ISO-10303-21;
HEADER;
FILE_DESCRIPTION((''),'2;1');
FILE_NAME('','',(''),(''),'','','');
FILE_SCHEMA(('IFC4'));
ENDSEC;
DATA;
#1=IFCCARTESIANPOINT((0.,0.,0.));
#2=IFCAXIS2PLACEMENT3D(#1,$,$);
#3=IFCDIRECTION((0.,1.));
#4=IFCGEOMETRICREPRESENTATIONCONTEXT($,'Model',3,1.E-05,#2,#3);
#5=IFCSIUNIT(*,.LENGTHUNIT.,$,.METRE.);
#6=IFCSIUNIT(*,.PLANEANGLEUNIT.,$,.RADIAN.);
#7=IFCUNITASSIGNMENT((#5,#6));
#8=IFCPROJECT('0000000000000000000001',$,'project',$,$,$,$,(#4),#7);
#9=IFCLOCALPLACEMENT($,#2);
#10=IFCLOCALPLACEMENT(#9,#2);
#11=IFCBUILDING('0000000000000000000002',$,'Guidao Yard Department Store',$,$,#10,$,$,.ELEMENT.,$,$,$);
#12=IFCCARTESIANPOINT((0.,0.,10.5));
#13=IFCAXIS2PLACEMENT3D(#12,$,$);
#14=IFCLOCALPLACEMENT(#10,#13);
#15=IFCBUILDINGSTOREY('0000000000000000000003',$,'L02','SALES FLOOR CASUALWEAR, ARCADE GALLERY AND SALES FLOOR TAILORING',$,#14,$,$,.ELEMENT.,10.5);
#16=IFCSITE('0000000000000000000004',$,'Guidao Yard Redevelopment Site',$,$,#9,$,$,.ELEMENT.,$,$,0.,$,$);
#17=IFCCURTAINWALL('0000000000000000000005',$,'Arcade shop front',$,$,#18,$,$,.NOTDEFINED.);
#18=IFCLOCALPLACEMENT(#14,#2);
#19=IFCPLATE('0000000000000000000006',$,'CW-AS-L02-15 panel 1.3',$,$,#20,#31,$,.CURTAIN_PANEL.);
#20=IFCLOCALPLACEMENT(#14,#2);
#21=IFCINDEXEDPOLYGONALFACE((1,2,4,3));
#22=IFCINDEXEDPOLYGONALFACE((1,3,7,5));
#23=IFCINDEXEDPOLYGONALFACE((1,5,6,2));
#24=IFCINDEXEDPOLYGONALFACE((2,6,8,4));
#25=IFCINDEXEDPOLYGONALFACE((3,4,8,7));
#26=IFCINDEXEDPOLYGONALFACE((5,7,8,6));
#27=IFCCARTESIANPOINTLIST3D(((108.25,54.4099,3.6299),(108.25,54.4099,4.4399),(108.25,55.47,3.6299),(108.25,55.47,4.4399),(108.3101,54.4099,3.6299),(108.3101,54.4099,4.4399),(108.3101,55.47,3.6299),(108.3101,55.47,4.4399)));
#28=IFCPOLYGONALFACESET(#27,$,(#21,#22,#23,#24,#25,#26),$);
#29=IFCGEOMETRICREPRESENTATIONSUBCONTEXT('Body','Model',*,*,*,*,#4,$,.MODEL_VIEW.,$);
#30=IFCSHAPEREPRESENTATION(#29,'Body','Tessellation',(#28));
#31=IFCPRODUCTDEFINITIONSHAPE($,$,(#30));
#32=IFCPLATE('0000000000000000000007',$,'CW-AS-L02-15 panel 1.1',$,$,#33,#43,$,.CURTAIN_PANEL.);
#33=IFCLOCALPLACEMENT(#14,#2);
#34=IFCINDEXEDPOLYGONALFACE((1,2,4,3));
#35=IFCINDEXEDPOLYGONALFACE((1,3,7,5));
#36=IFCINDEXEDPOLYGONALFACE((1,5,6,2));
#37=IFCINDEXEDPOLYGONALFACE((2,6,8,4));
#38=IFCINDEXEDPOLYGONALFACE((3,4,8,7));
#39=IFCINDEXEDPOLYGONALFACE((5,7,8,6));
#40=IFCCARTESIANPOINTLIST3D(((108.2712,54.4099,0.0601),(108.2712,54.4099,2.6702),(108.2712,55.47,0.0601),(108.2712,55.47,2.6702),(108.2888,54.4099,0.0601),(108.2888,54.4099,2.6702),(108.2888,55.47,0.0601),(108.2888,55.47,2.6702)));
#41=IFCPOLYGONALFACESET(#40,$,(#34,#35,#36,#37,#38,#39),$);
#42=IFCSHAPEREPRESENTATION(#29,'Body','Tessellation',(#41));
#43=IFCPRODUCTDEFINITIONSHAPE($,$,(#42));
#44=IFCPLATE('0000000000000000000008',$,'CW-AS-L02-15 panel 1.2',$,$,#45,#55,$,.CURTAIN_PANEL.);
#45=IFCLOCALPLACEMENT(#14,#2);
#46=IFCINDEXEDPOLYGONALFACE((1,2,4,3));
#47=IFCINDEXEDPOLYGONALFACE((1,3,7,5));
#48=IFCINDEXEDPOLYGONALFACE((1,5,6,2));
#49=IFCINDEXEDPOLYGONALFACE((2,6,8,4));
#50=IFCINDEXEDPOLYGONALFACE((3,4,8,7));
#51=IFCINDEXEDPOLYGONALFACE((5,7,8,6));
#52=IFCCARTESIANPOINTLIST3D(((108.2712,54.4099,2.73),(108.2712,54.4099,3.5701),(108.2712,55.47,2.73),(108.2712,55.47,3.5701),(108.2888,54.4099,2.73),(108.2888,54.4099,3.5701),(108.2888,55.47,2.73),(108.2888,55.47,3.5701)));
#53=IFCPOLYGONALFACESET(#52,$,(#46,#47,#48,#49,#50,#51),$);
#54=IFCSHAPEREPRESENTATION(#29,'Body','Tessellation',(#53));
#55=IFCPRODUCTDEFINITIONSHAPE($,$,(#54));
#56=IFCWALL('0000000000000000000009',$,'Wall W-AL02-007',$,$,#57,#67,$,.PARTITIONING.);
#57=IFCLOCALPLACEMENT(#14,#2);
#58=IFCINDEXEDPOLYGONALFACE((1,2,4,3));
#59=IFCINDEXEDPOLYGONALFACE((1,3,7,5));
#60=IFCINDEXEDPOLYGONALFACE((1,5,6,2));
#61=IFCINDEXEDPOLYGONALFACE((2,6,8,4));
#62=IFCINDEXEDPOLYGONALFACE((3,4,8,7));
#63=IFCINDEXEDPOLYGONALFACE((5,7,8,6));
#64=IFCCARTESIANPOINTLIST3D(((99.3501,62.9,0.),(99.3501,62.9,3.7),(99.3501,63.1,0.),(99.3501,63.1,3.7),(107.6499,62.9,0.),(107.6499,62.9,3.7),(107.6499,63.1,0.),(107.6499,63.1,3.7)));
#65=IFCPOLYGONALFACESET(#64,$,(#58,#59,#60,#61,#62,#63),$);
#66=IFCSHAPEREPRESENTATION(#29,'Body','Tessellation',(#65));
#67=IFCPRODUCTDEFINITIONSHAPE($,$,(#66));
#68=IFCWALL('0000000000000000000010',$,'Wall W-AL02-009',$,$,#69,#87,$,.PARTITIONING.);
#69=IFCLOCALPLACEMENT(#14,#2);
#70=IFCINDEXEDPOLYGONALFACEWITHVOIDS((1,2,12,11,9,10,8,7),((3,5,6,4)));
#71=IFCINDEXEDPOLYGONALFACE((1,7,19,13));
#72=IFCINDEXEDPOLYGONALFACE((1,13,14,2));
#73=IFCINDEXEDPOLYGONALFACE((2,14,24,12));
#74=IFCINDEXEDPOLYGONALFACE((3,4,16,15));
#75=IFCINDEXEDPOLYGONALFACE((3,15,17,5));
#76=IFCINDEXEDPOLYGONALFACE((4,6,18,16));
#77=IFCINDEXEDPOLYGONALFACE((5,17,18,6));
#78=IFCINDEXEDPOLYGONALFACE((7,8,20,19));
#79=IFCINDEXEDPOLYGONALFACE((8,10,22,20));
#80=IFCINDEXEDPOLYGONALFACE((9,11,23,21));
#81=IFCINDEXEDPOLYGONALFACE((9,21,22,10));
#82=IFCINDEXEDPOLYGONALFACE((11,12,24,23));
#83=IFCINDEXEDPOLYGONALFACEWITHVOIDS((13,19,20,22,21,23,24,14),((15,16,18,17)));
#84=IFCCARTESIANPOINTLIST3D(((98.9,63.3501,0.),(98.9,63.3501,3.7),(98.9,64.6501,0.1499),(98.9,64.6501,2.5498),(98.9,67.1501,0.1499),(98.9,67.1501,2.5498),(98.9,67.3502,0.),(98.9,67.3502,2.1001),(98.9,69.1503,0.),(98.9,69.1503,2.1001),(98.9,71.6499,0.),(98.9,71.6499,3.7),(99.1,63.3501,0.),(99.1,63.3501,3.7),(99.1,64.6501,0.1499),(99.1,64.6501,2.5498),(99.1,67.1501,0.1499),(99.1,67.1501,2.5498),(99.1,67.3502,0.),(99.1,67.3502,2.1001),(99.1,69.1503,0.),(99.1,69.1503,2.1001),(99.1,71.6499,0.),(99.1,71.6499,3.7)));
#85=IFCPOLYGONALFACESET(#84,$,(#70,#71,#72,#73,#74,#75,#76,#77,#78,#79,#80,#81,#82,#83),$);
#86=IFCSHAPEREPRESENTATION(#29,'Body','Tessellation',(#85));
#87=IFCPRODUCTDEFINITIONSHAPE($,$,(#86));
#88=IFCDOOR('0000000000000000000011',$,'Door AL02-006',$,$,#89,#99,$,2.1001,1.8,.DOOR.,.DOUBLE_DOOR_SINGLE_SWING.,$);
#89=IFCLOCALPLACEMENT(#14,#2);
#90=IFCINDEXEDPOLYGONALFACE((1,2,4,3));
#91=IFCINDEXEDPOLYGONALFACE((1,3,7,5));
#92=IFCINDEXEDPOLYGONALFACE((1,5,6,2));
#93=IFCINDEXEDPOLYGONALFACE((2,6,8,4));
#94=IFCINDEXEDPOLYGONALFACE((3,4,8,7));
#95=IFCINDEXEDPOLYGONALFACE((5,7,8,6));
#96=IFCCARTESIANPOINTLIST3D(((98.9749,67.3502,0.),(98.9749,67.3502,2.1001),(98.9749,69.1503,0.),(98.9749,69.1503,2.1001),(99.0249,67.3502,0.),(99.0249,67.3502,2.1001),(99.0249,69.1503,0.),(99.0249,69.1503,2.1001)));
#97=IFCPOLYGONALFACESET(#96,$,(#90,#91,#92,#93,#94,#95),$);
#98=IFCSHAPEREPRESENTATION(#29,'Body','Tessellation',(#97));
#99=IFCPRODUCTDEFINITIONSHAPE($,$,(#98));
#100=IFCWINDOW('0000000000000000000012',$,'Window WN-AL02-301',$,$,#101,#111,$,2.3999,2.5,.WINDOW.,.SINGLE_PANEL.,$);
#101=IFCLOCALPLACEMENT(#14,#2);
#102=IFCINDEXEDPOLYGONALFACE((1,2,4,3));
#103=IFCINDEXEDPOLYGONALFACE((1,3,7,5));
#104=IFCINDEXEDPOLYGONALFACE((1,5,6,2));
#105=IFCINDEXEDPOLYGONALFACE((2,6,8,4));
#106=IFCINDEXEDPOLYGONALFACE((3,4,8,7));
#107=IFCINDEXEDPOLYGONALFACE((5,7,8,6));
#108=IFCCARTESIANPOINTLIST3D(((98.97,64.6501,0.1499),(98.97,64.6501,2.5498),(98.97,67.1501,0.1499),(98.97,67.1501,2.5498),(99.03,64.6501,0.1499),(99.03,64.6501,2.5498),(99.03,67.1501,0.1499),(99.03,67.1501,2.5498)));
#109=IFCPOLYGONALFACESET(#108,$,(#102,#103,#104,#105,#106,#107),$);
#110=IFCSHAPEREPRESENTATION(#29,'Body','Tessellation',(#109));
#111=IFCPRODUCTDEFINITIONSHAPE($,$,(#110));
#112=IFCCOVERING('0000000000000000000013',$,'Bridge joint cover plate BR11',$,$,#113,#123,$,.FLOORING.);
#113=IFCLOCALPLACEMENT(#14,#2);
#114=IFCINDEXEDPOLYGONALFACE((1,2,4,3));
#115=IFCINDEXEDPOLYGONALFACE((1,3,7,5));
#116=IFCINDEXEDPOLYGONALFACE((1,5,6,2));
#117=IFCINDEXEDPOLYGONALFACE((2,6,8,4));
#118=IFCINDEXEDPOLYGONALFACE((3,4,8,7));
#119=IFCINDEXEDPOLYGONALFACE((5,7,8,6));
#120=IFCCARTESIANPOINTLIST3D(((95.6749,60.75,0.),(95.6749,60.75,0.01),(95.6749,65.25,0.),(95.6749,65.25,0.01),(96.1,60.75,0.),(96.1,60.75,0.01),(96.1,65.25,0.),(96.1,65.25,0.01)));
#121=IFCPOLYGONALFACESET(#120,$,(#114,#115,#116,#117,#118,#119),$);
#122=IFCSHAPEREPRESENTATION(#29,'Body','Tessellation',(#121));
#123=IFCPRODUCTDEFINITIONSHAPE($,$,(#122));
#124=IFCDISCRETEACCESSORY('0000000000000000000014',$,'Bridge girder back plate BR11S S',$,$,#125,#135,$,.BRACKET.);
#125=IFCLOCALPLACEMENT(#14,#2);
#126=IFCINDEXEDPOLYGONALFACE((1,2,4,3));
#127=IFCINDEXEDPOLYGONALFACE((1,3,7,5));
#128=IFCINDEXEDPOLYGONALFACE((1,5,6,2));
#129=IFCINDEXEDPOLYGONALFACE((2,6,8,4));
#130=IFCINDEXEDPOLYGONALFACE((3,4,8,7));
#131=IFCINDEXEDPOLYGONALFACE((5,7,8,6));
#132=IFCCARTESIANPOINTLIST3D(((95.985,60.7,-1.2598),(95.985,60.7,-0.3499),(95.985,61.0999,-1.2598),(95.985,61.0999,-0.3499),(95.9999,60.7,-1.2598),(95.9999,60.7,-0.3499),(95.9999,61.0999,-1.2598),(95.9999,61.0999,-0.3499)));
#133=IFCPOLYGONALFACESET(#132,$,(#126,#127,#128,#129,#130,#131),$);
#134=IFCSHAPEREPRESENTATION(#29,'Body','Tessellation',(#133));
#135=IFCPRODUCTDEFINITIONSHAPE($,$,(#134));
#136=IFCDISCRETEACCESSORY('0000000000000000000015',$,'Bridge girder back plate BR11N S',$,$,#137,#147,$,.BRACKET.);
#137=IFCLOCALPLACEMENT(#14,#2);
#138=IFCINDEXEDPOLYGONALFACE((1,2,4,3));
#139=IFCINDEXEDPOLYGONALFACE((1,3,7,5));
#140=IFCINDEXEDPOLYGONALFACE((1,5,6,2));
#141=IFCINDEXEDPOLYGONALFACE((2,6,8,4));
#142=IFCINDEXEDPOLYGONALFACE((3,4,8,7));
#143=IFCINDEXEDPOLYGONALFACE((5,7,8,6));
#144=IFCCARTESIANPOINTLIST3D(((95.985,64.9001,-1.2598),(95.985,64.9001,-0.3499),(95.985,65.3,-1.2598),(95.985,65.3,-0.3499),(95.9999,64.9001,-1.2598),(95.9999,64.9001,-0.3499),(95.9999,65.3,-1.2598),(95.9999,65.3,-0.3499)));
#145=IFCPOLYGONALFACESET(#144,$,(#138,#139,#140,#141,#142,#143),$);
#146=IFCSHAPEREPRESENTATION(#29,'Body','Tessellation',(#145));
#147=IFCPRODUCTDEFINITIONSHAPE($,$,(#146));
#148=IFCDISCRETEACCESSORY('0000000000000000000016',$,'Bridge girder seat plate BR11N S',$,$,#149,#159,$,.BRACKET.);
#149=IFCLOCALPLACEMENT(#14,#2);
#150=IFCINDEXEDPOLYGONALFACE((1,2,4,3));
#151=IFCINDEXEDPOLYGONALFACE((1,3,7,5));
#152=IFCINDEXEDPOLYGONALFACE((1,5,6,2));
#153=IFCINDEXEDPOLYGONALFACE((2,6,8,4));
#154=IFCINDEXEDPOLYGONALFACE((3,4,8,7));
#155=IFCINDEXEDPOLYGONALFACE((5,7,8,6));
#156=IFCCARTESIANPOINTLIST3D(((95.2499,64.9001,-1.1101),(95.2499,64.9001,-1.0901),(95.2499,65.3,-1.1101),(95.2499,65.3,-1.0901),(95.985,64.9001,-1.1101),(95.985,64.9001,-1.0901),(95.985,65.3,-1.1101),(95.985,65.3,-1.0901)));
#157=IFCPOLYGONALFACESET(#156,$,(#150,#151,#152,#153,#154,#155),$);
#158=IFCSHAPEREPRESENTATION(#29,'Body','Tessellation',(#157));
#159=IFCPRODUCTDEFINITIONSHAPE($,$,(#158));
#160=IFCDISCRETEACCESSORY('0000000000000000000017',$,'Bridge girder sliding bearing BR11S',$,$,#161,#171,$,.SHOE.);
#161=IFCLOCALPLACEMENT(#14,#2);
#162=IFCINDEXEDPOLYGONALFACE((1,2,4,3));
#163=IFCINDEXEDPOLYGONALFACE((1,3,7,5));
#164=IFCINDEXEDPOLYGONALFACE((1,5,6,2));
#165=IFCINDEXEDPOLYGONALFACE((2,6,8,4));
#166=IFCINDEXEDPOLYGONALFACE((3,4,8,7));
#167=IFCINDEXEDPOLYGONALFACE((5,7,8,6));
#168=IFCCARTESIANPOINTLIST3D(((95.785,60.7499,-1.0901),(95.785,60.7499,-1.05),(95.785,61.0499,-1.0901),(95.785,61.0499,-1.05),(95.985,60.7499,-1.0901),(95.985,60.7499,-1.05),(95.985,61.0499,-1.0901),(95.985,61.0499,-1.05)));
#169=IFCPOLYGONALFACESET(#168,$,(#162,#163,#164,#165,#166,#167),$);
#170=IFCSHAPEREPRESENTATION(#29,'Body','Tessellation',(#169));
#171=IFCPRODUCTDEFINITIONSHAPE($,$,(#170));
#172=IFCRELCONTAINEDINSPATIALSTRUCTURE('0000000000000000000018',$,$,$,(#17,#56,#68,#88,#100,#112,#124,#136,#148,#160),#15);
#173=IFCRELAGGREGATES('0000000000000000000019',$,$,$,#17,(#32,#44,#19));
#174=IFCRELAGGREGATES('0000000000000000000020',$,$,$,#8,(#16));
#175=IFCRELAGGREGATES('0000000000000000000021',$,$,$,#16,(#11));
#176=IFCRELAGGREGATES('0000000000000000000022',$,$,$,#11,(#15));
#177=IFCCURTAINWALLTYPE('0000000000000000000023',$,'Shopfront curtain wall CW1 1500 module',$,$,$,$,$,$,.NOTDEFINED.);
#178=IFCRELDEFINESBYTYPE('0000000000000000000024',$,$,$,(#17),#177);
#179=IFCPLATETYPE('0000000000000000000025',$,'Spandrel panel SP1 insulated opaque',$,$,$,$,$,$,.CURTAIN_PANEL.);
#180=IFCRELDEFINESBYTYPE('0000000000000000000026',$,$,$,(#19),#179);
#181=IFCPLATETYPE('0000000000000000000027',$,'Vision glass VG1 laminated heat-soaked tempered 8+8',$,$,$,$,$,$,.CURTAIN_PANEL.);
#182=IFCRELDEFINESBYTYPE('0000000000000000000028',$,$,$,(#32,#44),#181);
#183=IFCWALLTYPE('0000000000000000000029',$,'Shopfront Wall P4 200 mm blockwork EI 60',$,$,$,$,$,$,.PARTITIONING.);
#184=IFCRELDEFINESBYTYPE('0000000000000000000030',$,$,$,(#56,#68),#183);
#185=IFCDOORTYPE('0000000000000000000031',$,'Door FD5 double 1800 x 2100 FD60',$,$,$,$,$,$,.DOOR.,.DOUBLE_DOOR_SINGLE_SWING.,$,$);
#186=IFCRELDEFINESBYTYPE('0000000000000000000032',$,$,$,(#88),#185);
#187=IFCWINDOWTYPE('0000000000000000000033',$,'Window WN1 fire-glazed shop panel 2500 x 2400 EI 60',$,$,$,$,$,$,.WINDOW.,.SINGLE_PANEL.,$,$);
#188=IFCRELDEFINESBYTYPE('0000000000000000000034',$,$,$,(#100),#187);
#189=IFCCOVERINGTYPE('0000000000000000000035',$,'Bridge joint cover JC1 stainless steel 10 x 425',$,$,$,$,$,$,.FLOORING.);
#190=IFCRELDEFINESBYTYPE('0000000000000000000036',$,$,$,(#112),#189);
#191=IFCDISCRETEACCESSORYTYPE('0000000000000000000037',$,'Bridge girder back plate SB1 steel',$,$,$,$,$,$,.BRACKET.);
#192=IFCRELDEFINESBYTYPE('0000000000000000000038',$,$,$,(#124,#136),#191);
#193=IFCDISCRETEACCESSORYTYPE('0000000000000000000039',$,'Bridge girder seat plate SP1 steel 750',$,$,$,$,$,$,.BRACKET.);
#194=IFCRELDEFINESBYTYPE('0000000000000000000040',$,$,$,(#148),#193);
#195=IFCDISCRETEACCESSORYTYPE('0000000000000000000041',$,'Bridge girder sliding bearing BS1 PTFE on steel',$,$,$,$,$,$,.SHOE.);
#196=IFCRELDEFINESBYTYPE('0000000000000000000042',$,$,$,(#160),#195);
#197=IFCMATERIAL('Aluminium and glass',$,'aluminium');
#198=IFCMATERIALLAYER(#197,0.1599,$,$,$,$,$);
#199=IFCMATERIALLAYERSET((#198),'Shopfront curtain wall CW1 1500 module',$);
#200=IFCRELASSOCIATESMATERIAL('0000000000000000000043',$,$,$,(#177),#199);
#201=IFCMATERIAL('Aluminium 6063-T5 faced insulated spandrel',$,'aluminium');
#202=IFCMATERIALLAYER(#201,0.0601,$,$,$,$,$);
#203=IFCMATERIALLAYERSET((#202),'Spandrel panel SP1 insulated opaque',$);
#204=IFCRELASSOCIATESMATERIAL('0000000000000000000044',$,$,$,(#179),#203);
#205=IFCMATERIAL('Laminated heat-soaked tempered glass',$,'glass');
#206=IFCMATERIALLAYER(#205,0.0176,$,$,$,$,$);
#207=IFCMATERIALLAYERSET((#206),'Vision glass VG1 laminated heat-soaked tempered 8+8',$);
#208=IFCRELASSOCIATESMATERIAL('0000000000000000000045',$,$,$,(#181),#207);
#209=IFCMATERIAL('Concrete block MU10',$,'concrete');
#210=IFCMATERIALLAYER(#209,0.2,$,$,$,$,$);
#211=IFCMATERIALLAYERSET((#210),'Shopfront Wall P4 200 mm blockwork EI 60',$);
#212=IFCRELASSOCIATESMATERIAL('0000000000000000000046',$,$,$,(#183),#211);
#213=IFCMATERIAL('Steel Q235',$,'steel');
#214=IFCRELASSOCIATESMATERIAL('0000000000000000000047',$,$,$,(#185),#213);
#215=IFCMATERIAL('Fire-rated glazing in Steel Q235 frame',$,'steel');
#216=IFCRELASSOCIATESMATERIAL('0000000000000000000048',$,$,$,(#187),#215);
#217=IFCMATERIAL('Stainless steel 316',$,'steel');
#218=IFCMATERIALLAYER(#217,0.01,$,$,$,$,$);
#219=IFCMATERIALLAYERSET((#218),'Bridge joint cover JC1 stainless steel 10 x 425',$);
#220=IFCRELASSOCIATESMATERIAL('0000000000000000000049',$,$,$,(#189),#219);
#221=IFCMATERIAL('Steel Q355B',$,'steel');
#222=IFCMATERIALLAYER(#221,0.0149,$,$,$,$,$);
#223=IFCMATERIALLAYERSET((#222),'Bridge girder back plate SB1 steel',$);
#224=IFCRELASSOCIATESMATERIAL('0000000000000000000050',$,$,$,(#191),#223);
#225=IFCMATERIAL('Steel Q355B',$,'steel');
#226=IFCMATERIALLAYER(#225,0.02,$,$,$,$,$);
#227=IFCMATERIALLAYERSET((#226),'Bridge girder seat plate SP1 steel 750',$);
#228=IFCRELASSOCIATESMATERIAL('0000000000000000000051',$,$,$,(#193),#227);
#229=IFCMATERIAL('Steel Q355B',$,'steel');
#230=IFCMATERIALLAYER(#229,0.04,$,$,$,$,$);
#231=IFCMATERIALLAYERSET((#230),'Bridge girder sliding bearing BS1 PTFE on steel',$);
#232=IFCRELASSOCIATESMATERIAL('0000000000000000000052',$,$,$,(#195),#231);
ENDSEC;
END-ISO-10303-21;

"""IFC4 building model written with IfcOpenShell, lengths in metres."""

from ifc_helpers import new_model, si_unit, direction, frame, frame_2d, origin, origin_2d, place, context, subcontext, project, spatial, rectangle, extrude, material, layer, layer_set, type_object, element, fill, aggregate, save


model = new_model("IFC4")

# Units and contexts
model_context = context("Model", 3, precision=1e-05, world=origin(), true_north=direction((0.0, 1.0)))
body_context = subcontext(model_context, "Body", "Model", "MODEL_VIEW")
ifc_project = project(units=[si_unit("LENGTHUNIT", "METRE"), si_unit("PLANEANGLEUNIT", "RADIAN")], contexts=[model_context])

# Site, building, storey
site_placement = place(None, origin())
site = spatial("IfcSite", under=ifc_project, at=site_placement, Name="Guidao Yard Redevelopment Site", CompositionType="ELEMENT", RefElevation=0.0)
building_placement = place(site_placement, origin())
building = spatial("IfcBuilding", under=site, at=building_placement, Name="Guidao Yard Department Store", CompositionType="ELEMENT")
storey_placement = place(building_placement, frame((0.0, 0.0, 10.5)))
storey = spatial("IfcBuildingStorey", under=building, at=storey_placement, Name="L02", Description="SALES FLOOR CASUALWEAR, ARCADE GALLERY AND SALES FLOOR TAILORING", CompositionType="ELEMENT", Elevation=10.5)

# Curtain wall
ifc_material_1 = material(Name="Aluminium and glass", Category="aluminium")
ifc_layer_1 = layer(ifc_material_1, 0.1599)
ifc_layer_set_1 = layer_set([ifc_layer_1], Name="Shopfront curtain wall CW1 1500 module")
curtain_wall_type_1 = type_object("IfcCurtainWallType", Name="Shopfront curtain wall CW1 1500 module", PredefinedType="NOTDEFINED", material=ifc_layer_set_1)
curtain_wall_1_placement = place(storey_placement, origin())
curtain_wall_1 = element("IfcCurtainWall", 1, at=curtain_wall_1_placement, inside=storey, type_object=curtain_wall_type_1, Name="Arcade shop front", PredefinedType="NOTDEFINED")

# Plates
ifc_material_2 = material(Name="Aluminium 6063-T5 faced insulated spandrel", Category="aluminium")
ifc_layer_2 = layer(ifc_material_2, 0.0601)
ifc_layer_set_2 = layer_set([ifc_layer_2], Name="Spandrel panel SP1 insulated opaque")
plate_type_1 = type_object("IfcPlateType", Name="Spandrel panel SP1 insulated opaque", PredefinedType="CURTAIN_PANEL", material=ifc_layer_set_2)
plate_1_placement = place(storey_placement, frame((108.28, 54.9399, 3.6299), z_axis=(0.0, 0.0, 1.0), x_axis=(0.0, -1.0, 0.0)))
plate_1 = element("IfcPlate", 2, at=plate_1_placement, type_object=plate_type_1, Name="CW-AS-L02-15 panel 1.3", PredefinedType="CURTAIN_PANEL", context=body_context, shape_type="SweptSolid", body=[
    extrude(rectangle(XDim=1.0601, YDim=0.0601, at=origin_2d()), origin(), (0.0, 0.0, 1.0), 0.8101),
])
ifc_material_3 = material(Name="Laminated heat-soaked tempered glass", Category="glass")
ifc_layer_3 = layer(ifc_material_3, 0.0176)
ifc_layer_set_3 = layer_set([ifc_layer_3], Name="Vision glass VG1 laminated heat-soaked tempered 8+8")
plate_type_2 = type_object("IfcPlateType", Name="Vision glass VG1 laminated heat-soaked tempered 8+8", PredefinedType="CURTAIN_PANEL", material=ifc_layer_set_3)
plate_2_placement = place(storey_placement, frame((108.28, 54.9399, 0.0601), z_axis=(0.0, 0.0, 1.0), x_axis=(0.0, -1.0, 0.0)))
plate_2 = element("IfcPlate", 3, at=plate_2_placement, type_object=plate_type_2, Name="CW-AS-L02-15 panel 1.1", PredefinedType="CURTAIN_PANEL", context=body_context, shape_type="SweptSolid", body=[
    extrude(rectangle(XDim=1.0601, YDim=0.0176, at=origin_2d()), origin(), (0.0, 0.0, 1.0), 2.6101),
])
plate_3_placement = place(storey_placement, frame((108.28, 54.9399, 2.73), z_axis=(0.0, 0.0, 1.0), x_axis=(0.0, -1.0, 0.0)))
plate_3 = element("IfcPlate", 4, at=plate_3_placement, type_object=plate_type_2, Name="CW-AS-L02-15 panel 1.2", PredefinedType="CURTAIN_PANEL", context=body_context, shape_type="SweptSolid", body=[
    extrude(rectangle(XDim=1.0601, YDim=0.0176, at=origin_2d()), origin(), (0.0, 0.0, 1.0), 0.8401),
])
aggregate(curtain_wall_1, [plate_2, plate_3, plate_1])

# Wall
ifc_material_4 = material(Name="Concrete block MU10", Category="concrete")
ifc_layer_4 = layer(ifc_material_4, 0.2)
ifc_layer_set_4 = layer_set([ifc_layer_4], Name="Shopfront Wall P4 200 mm blockwork EI 60")
wall_type = type_object("IfcWallType", Name="Shopfront Wall P4 200 mm blockwork EI 60", PredefinedType="PARTITIONING", material=ifc_layer_set_4)
wall_1_placement = place(storey_placement, frame((99.3501, 63.0, 0.0), z_axis=(0.0, 0.0, 1.0), x_axis=(1.0, 0.0, 0.0)))
element("IfcWall", 5, at=wall_1_placement, inside=storey, type_object=wall_type, Name="Wall W-AL02-007", PredefinedType="PARTITIONING", context=body_context, shape_type="SweptSolid", body=[
    extrude(rectangle(XDim=8.2998, YDim=0.2, at=frame_2d((4.1499, 0.0))), origin(), (0.0, 0.0, 1.0), 3.7),
])

# Wall, openings, door, window
wall_2_placement = place(storey_placement, frame((99.0, 63.3501, 0.0), z_axis=(0.0, 0.0, 1.0), x_axis=(0.0, 1.0, 0.0)))
wall_2 = element("IfcWall", 6, at=wall_2_placement, inside=storey, type_object=wall_type, Name="Wall W-AL02-009", PredefinedType="PARTITIONING", context=body_context, shape_type="SweptSolid", body=[
    extrude(rectangle(XDim=8.2998, YDim=0.2, at=frame_2d((4.1499, 0.0))), origin(), (0.0, 0.0, 1.0), 3.7),
])
opening_1_placement = place(wall_2_placement, frame((5.8, 0.0, 0.0), z_axis=(0.0, 0.0, 1.0), x_axis=(-1.0, 0.0, 0.0)))
opening_1 = element("IfcOpeningElement", 7, at=opening_1_placement, cuts=wall_2, PredefinedType="OPENING", context=body_context, shape_type="SweptSolid", body=[
    extrude(rectangle(XDim=1.8, YDim=2.1001, at=frame_2d((0.8999, 1.05))), frame((0.0, 0.1099, 0.0), z_axis=(0.0, -1.0, 0.0), x_axis=(1.0, 0.0, 0.0)), (0.0, 0.0, 1.0), 0.22),
])
opening_2_placement = place(wall_2_placement, frame((1.3, 0.0, 0.1499)))
opening_2 = element("IfcOpeningElement", 8, at=opening_2_placement, cuts=wall_2, PredefinedType="OPENING", context=body_context, shape_type="SweptSolid", body=[
    extrude(rectangle(XDim=2.5, YDim=2.3999, at=frame_2d((1.25, 1.2))), frame((0.0, 0.1099, 0.0), z_axis=(0.0, -1.0, 0.0), x_axis=(1.0, 0.0, 0.0)), (0.0, 0.0, 1.0), 0.22),
])
ifc_material_5 = material(Name="Steel Q235", Category="steel")
door_type = type_object("IfcDoorType", Name="Door FD5 double 1800 x 2100 FD60", OperationType="DOUBLE_DOOR_SINGLE_SWING", PredefinedType="DOOR", material=ifc_material_5)
door_placement = place(opening_1_placement, origin())
door = element("IfcDoor", 9, at=door_placement, inside=storey, type_object=door_type, Name="Door AL02-006", OperationType="DOUBLE_DOOR_SINGLE_SWING", OverallHeight=2.1001, OverallWidth=1.8, PredefinedType="DOOR", context=body_context, shape_type="SweptSolid", body=[
    extrude(rectangle(XDim=1.8, YDim=2.1001, at=frame_2d((0.8999, 1.05))), frame((0.0, 0.0249, 0.0), z_axis=(0.0, -1.0, 0.0), x_axis=(1.0, 0.0, 0.0)), (0.0, 0.0, 1.0), 0.05),
])
fill(opening_1, door)
ifc_material_6 = material(Name="Fire-rated glazing in Steel Q235 frame", Category="steel")
window_type = type_object("IfcWindowType", Name="Window WN1 fire-glazed shop panel 2500 x 2400 EI 60", PartitioningType="SINGLE_PANEL", PredefinedType="WINDOW", material=ifc_material_6)
window_placement = place(opening_2_placement, origin())
window = element("IfcWindow", 10, at=window_placement, inside=storey, type_object=window_type, Name="Window WN-AL02-301", OverallHeight=2.3999, OverallWidth=2.5, PartitioningType="SINGLE_PANEL", PredefinedType="WINDOW", context=body_context, shape_type="SweptSolid", body=[
    extrude(rectangle(XDim=2.5, YDim=2.3999, at=frame_2d((1.25, 1.2))), frame((0.0, 0.03, 0.0), z_axis=(0.0, -1.0, 0.0), x_axis=(1.0, 0.0, 0.0)), (0.0, 0.0, 1.0), 0.0601),
])
fill(opening_2, window)

# Covering
ifc_material_7 = material(Name="Stainless steel 316", Category="steel")
ifc_layer_5 = layer(ifc_material_7, 0.01)
ifc_layer_set_5 = layer_set([ifc_layer_5], Name="Bridge joint cover JC1 stainless steel 10 x 425")
covering_type = type_object("IfcCoveringType", Name="Bridge joint cover JC1 stainless steel 10 x 425", PredefinedType="FLOORING", material=ifc_layer_set_5)
covering_placement = place(storey_placement, frame((95.8875, 63.0, 0.0), z_axis=(0.0, 0.0, 1.0), x_axis=(1.0, 0.0, 0.0)))
element("IfcCovering", 11, at=covering_placement, inside=storey, type_object=covering_type, Name="Bridge joint cover plate BR11", PredefinedType="FLOORING", context=body_context, shape_type="SweptSolid", body=[
    extrude(rectangle(XDim=0.425, YDim=4.5, at=origin_2d()), origin(), (0.0, 0.0, 1.0), 0.01),
])

# Discrete accessories
ifc_material_8 = material(Name="Steel Q355B", Category="steel")
ifc_layer_6 = layer(ifc_material_8, 0.0149)
ifc_layer_set_6 = layer_set([ifc_layer_6], Name="Bridge girder back plate SB1 steel")
discrete_accessory_type_1 = type_object("IfcDiscreteAccessoryType", Name="Bridge girder back plate SB1 steel", PredefinedType="BRACKET", material=ifc_layer_set_6)
for number, where, z_axis, x_axis, name in (
    (12, (95.9924, 60.8999, -1.2598), (0.0, 0.0, 1.0), (1.0, 0.0, 0.0), "Bridge girder back plate BR11S S"),
    (13, (95.9924, 65.1001, -1.2598), (0.0, 0.0, 1.0), (1.0, 0.0, 0.0), "Bridge girder back plate BR11N S"),
):
    element("IfcDiscreteAccessory", number, at=place(storey_placement, frame(where, z_axis=z_axis, x_axis=x_axis)), inside=storey, type_object=discrete_accessory_type_1, Name=name, PredefinedType="BRACKET", context=body_context, shape_type="SweptSolid", body=[
        extrude(rectangle(XDim=0.0149, YDim=0.3999, at=origin_2d()), origin(), (0.0, 0.0, 1.0), 0.9099),
    ])
ifc_material_9 = material(Name="Steel Q355B", Category="steel")
ifc_layer_7 = layer(ifc_material_9, 0.02)
ifc_layer_set_7 = layer_set([ifc_layer_7], Name="Bridge girder seat plate SP1 steel 750")
discrete_accessory_type_2 = type_object("IfcDiscreteAccessoryType", Name="Bridge girder seat plate SP1 steel 750", PredefinedType="BRACKET", material=ifc_layer_set_7)
discrete_accessory_placement = place(storey_placement, frame((95.6174, 65.1001, -1.1101), z_axis=(0.0, 0.0, 1.0), x_axis=(1.0, 0.0, 0.0)))
element("IfcDiscreteAccessory", 14, at=discrete_accessory_placement, inside=storey, type_object=discrete_accessory_type_2, Name="Bridge girder seat plate BR11N S", PredefinedType="BRACKET", context=body_context, shape_type="SweptSolid", body=[
    extrude(rectangle(XDim=0.7351, YDim=0.3999, at=origin_2d()), origin(), (0.0, 0.0, 1.0), 0.02),
])
ifc_material_10 = material(Name="Steel Q355B", Category="steel")
ifc_layer_8 = layer(ifc_material_10, 0.04)
ifc_layer_set_8 = layer_set([ifc_layer_8], Name="Bridge girder sliding bearing BS1 PTFE on steel")
discrete_accessory_type_3 = type_object("IfcDiscreteAccessoryType", Name="Bridge girder sliding bearing BS1 PTFE on steel", PredefinedType="SHOE", material=ifc_layer_set_8)
for number, where, z_axis, x_axis, name in (
    (15, (95.885, 60.8999, -1.0901), (0.0, 0.0, 1.0), (1.0, 0.0, 0.0), "Bridge girder sliding bearing BR11S"),
):
    element("IfcDiscreteAccessory", number, at=place(storey_placement, frame(where, z_axis=z_axis, x_axis=x_axis)), inside=storey, type_object=discrete_accessory_type_3, Name=name, PredefinedType="SHOE", context=body_context, shape_type="SweptSolid", body=[
        extrude(rectangle(XDim=0.2, YDim=0.3, at=origin_2d()), origin(), (0.0, 0.0, 1.0), 0.04),
    ])

save(model, "model.ifc")
